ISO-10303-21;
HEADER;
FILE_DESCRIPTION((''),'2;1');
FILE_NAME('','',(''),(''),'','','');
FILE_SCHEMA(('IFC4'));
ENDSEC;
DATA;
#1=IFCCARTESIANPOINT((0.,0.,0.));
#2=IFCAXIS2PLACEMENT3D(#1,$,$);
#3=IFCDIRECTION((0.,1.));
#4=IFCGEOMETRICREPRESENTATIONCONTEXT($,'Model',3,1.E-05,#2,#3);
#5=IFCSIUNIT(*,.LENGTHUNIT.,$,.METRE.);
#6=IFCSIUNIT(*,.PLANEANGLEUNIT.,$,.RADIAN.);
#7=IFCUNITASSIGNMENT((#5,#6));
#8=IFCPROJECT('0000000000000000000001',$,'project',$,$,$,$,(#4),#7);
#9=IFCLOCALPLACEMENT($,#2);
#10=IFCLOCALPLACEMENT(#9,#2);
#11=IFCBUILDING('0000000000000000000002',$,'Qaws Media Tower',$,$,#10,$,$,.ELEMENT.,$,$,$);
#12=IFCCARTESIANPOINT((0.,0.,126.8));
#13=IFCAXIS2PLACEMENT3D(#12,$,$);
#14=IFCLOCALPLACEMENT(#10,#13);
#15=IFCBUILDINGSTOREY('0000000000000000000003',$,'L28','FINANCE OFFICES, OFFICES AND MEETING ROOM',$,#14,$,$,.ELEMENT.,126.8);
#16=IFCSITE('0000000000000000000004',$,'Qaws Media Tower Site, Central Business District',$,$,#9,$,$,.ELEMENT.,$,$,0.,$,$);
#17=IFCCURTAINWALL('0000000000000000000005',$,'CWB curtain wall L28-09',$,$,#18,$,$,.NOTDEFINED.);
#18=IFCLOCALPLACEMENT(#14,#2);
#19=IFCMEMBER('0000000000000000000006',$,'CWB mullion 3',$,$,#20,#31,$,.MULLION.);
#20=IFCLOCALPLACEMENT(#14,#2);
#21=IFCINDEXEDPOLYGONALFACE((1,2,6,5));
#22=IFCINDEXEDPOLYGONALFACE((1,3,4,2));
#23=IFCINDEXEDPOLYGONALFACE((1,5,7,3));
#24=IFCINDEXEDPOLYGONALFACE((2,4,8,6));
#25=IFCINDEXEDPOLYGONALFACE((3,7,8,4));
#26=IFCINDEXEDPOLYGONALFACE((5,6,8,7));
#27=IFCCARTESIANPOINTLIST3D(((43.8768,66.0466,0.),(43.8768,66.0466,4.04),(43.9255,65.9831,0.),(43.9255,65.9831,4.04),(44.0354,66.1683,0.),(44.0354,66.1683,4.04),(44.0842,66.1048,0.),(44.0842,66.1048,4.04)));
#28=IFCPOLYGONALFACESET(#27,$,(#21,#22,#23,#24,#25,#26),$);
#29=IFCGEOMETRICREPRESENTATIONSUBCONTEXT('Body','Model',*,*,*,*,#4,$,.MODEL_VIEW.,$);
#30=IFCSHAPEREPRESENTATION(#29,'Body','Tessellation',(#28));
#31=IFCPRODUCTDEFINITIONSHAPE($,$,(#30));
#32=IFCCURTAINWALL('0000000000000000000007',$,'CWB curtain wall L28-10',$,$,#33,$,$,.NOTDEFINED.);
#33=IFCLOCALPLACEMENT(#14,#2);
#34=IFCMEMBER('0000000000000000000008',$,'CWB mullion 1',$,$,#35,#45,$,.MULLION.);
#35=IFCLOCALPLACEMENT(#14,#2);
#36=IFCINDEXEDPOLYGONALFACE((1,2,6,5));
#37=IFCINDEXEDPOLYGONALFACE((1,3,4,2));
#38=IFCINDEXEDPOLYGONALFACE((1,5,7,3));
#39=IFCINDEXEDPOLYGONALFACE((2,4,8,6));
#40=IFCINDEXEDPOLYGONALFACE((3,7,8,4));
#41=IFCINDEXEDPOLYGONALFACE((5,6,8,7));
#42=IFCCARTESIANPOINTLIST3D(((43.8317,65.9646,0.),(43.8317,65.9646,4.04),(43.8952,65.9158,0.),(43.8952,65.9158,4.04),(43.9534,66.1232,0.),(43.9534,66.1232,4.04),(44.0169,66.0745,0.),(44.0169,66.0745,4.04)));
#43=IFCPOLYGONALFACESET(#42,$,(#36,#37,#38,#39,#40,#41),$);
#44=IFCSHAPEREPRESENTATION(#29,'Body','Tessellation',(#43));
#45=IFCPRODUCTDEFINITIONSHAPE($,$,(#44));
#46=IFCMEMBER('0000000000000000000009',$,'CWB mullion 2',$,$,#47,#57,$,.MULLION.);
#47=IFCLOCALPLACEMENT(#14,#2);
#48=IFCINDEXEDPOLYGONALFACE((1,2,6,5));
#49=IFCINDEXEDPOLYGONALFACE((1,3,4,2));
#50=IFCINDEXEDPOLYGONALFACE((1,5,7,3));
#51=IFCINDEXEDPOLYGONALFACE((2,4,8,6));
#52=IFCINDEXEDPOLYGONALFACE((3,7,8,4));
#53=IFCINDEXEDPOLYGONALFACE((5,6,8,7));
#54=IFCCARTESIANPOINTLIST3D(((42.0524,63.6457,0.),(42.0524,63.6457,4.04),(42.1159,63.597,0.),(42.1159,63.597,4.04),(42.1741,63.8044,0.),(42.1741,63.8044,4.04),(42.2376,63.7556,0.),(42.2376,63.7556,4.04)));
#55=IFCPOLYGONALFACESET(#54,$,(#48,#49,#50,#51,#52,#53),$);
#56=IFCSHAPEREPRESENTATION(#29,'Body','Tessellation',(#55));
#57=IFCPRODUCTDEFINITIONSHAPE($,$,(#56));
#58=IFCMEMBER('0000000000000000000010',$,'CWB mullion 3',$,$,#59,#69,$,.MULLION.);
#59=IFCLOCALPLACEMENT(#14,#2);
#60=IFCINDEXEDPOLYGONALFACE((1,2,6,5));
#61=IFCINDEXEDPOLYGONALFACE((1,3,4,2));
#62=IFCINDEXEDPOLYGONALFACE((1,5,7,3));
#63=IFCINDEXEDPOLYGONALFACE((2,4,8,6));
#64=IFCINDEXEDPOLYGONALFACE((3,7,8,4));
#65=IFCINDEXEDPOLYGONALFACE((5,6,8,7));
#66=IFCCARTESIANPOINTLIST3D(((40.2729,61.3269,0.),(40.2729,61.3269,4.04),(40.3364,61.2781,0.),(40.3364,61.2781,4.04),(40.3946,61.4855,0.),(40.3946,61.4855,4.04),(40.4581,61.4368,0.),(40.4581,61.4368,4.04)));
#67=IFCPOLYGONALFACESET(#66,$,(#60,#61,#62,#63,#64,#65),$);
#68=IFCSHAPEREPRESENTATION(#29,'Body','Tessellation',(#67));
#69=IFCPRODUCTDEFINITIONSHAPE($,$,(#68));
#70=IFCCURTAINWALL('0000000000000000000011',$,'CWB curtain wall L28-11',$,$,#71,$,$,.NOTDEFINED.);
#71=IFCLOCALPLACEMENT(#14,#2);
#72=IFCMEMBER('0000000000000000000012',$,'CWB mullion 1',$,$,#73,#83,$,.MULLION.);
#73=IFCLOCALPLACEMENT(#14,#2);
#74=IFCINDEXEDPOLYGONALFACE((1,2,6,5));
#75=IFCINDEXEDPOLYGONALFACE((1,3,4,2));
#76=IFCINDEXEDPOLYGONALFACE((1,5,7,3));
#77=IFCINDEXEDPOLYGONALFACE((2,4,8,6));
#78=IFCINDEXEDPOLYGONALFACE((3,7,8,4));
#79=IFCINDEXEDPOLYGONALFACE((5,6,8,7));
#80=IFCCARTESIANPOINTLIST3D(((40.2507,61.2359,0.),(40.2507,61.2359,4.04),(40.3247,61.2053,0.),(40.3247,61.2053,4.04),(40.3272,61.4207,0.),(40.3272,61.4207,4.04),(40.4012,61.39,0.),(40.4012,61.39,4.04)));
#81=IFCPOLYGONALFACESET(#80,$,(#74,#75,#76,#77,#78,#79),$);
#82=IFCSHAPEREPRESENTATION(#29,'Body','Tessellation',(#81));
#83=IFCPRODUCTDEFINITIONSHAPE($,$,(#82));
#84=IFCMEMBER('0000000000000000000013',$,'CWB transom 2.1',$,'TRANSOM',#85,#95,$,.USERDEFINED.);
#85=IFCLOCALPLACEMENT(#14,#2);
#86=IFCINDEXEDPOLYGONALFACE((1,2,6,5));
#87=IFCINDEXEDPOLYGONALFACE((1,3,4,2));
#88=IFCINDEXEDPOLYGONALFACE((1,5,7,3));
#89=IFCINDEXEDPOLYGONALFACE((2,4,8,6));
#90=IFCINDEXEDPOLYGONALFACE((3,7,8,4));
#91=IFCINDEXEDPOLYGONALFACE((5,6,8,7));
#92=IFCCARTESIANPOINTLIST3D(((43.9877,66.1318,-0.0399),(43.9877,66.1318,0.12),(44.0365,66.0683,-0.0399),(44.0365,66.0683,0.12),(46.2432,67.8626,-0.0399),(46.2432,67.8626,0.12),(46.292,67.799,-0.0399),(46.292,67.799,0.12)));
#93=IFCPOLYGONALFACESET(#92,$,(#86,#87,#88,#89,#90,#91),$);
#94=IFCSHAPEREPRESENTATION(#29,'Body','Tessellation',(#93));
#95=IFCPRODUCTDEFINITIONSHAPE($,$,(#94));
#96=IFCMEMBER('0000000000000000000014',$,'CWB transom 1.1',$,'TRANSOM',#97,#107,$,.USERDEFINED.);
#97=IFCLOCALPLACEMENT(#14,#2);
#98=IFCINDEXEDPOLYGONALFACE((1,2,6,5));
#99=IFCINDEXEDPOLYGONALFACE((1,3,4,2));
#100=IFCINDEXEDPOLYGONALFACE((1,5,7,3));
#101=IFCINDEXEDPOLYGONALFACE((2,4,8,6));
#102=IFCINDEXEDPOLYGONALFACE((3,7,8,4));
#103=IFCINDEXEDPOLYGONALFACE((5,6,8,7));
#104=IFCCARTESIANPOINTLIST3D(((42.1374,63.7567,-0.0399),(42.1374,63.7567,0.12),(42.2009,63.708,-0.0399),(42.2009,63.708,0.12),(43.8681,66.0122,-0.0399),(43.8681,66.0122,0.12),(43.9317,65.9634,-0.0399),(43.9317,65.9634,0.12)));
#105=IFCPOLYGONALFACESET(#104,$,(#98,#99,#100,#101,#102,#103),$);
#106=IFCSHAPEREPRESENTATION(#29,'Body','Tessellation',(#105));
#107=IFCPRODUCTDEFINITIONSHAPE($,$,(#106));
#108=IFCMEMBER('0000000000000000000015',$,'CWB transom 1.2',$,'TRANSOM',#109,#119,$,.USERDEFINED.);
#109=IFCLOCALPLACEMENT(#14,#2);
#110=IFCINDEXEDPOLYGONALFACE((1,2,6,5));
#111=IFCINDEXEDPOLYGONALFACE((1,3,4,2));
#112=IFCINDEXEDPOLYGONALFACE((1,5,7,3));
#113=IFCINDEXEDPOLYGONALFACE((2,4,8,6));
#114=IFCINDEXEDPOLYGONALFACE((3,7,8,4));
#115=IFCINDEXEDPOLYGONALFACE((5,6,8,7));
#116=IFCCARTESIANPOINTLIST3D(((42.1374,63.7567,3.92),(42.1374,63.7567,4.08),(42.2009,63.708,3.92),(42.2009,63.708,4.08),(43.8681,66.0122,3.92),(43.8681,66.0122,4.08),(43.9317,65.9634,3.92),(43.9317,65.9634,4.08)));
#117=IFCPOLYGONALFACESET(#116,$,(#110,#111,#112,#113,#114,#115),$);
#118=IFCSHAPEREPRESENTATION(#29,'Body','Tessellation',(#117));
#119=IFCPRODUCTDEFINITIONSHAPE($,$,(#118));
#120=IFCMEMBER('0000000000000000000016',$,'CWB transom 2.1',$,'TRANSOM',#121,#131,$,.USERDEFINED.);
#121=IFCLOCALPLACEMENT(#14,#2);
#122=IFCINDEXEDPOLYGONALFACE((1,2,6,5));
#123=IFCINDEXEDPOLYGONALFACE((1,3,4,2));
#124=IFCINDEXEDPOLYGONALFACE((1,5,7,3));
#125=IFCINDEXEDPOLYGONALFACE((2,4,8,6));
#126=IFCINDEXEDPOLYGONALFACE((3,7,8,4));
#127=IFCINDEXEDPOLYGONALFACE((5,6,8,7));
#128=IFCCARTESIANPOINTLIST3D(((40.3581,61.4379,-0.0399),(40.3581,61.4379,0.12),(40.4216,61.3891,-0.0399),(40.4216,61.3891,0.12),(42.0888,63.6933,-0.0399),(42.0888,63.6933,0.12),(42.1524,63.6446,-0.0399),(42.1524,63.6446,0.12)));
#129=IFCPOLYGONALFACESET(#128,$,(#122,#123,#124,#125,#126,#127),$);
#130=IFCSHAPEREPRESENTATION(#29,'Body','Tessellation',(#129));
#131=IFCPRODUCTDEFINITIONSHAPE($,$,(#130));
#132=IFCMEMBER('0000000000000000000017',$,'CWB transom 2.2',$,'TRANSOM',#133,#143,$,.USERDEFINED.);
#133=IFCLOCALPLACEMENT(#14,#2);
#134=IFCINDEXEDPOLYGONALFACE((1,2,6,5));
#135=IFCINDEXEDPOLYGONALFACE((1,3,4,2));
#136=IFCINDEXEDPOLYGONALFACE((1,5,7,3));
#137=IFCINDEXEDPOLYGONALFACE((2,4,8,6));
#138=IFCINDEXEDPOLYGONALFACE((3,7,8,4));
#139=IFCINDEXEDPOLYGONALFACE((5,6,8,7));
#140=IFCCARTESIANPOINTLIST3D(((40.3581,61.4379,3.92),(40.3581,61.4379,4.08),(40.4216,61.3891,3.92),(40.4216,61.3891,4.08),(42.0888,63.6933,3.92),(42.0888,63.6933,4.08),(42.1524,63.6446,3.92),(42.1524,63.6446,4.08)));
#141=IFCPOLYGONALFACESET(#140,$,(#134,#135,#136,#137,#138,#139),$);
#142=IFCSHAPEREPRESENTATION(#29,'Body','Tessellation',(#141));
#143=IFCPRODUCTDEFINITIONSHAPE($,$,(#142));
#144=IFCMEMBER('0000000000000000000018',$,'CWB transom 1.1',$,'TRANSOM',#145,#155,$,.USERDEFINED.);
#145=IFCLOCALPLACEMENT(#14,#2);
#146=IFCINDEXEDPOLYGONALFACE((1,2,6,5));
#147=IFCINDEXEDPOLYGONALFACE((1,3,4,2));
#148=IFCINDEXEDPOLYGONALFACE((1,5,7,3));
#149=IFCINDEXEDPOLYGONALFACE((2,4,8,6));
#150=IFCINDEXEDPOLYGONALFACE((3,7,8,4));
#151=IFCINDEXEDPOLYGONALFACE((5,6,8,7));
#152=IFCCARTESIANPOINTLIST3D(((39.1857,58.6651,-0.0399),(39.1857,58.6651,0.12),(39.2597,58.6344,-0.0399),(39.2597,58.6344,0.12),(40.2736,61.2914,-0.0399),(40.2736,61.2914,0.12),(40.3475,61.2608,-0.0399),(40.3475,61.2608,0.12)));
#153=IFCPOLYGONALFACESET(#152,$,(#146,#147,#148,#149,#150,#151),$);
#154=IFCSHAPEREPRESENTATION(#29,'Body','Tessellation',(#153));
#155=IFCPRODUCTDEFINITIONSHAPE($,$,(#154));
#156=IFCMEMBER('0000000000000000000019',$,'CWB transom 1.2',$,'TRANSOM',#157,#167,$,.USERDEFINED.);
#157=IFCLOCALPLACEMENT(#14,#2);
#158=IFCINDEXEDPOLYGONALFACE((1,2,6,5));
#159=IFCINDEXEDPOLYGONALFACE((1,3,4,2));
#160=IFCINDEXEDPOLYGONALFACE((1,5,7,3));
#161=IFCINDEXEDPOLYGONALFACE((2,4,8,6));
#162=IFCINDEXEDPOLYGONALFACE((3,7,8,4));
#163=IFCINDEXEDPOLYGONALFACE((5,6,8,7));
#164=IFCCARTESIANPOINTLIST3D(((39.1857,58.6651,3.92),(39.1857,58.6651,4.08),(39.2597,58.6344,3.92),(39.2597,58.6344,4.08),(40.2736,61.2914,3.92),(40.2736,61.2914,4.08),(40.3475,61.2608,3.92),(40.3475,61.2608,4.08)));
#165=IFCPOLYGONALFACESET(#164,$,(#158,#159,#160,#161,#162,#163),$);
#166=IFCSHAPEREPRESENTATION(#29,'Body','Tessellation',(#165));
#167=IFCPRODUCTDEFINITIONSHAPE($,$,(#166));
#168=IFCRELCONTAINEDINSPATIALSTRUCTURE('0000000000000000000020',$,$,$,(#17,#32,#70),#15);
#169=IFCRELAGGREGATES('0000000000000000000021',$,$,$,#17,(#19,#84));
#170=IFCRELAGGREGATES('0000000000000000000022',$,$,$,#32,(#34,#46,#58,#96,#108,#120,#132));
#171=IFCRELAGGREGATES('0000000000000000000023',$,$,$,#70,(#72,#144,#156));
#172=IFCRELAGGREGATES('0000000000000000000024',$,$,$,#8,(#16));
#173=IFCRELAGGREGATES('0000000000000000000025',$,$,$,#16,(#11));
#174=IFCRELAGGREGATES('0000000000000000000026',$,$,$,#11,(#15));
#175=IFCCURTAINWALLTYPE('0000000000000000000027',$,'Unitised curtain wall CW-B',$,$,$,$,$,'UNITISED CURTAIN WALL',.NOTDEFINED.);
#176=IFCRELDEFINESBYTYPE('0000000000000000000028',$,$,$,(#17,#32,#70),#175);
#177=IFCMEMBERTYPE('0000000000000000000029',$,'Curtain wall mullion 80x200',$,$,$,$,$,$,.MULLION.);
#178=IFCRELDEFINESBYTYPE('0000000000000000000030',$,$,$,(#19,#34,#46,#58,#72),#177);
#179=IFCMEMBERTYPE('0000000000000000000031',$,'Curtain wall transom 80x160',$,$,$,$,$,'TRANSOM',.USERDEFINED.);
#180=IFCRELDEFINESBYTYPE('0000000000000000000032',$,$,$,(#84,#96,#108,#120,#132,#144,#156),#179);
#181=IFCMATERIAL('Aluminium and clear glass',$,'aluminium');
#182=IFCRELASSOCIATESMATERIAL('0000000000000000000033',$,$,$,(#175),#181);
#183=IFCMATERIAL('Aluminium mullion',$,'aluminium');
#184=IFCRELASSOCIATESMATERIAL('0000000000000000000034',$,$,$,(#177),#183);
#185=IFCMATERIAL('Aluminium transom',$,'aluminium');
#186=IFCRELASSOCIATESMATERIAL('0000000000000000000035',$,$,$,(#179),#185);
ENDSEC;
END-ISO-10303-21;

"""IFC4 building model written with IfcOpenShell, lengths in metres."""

from ifc_helpers import new_model, si_unit, direction, frame, origin, origin_2d, place, context, subcontext, project, spatial, rectangle, extrude, material, material_profile, profile_set, type_object, element, aggregate, save


model = new_model("IFC4")

# Units and contexts
model_context = context("Model", 3, precision=1e-05, world=origin(), true_north=direction((0.0, 1.0)))
body_context = subcontext(model_context, "Body", "Model", "MODEL_VIEW")
ifc_project = project(units=[si_unit("LENGTHUNIT", "METRE"), si_unit("PLANEANGLEUNIT", "RADIAN")], contexts=[model_context])

# Site, building, storey
site_placement = place(None, origin())
site = spatial("IfcSite", under=ifc_project, at=site_placement, Name="Qaws Media Tower Site, Central Business District", CompositionType="ELEMENT", RefElevation=0.0)
building_placement = place(site_placement, origin())
building = spatial("IfcBuilding", under=site, at=building_placement, Name="Qaws Media Tower", CompositionType="ELEMENT")
storey_placement = place(building_placement, frame((0.0, 0.0, 126.8)))
storey = spatial("IfcBuildingStorey", under=building, at=storey_placement, Name="L28", Description="FINANCE OFFICES, OFFICES AND MEETING ROOM", CompositionType="ELEMENT", Elevation=126.8)

# Curtain wall, member
ifc_material_1 = material(Name="Aluminium and clear glass", Category="aluminium")
curtain_wall_type = type_object("IfcCurtainWallType", Name="Unitised curtain wall CW-B", ElementType="UNITISED CURTAIN WALL", PredefinedType="NOTDEFINED", material=ifc_material_1)
curtain_wall_1_placement = place(storey_placement, origin())
curtain_wall_1 = element("IfcCurtainWall", 1, at=curtain_wall_1_placement, inside=storey, type_object=curtain_wall_type, Name="CWB curtain wall L28-09", PredefinedType="NOTDEFINED")
ifc_material_2 = material(Name="Aluminium mullion", Category="aluminium")
ifc_material_profile_1 = material_profile(ifc_material_2, rectangle(XDim=0.0801, YDim=0.2, at=origin_2d()), Name="80x200")
ifc_profile_set_1 = profile_set([ifc_material_profile_1], Name="Aluminium mullion")
member_type_1 = type_object("IfcMemberType", Name="Curtain wall mullion 80x200", PredefinedType="MULLION", material=ifc_profile_set_1)
member_1_placement = place(storey_placement, frame((43.9805, 66.0757, 0.0), z_axis=(0.0, 0.0, 1.0), x_axis=(0.608761, -0.793353, 0.0)))
member_1 = element("IfcMember", 2, at=member_1_placement, type_object=member_type_1, Name="CWB mullion 3", PredefinedType="MULLION", context=body_context, shape_type="SweptSolid", body=[
    extrude(rectangle(XDim=0.0801, YDim=0.2, at=origin_2d()), origin(), (0.0, 0.0, 1.0), 4.04),
])

# Curtain wall, members
curtain_wall_2_placement = place(storey_placement, origin())
curtain_wall_2 = element("IfcCurtainWall", 3, at=curtain_wall_2_placement, inside=storey, type_object=curtain_wall_type, Name="CWB curtain wall L28-10", PredefinedType="NOTDEFINED")
member_2_placement = place(storey_placement, frame((43.9243, 66.0195, 0.0), z_axis=(0.0, 0.0, 1.0), x_axis=(0.793353, -0.608761, 0.0)))
member_2 = element("IfcMember", 4, at=member_2_placement, type_object=member_type_1, Name="CWB mullion 1", PredefinedType="MULLION", context=body_context, shape_type="SweptSolid", body=[
    extrude(rectangle(XDim=0.0801, YDim=0.2, at=origin_2d()), origin(), (0.0, 0.0, 1.0), 4.04),
])
member_3_placement = place(storey_placement, frame((42.145, 63.7007, 0.0), z_axis=(0.0, 0.0, 1.0), x_axis=(0.793353, -0.608761, 0.0)))
member_3 = element("IfcMember", 5, at=member_3_placement, type_object=member_type_1, Name="CWB mullion 2", PredefinedType="MULLION", context=body_context, shape_type="SweptSolid", body=[
    extrude(rectangle(XDim=0.0801, YDim=0.2, at=origin_2d()), origin(), (0.0, 0.0, 1.0), 4.04),
])
member_4_placement = place(storey_placement, frame((40.3655, 61.3818, 0.0), z_axis=(0.0, 0.0, 1.0), x_axis=(0.793353, -0.608761, 0.0)))
member_4 = element("IfcMember", 6, at=member_4_placement, type_object=member_type_1, Name="CWB mullion 3", PredefinedType="MULLION", context=body_context, shape_type="SweptSolid", body=[
    extrude(rectangle(XDim=0.0801, YDim=0.2, at=origin_2d()), origin(), (0.0, 0.0, 1.0), 4.04),
])

# Curtain wall, member
curtain_wall_3_placement = place(storey_placement, origin())
curtain_wall_3 = element("IfcCurtainWall", 7, at=curtain_wall_3_placement, inside=storey, type_object=curtain_wall_type, Name="CWB curtain wall L28-11", PredefinedType="NOTDEFINED")
member_5_placement = place(storey_placement, frame((40.3259, 61.313, 0.0), z_axis=(0.0, 0.0, 1.0), x_axis=(0.92388, -0.382683, 0.0)))
member_5 = element("IfcMember", 8, at=member_5_placement, type_object=member_type_1, Name="CWB mullion 1", PredefinedType="MULLION", context=body_context, shape_type="SweptSolid", body=[
    extrude(rectangle(XDim=0.0801, YDim=0.2, at=origin_2d()), origin(), (0.0, 0.0, 1.0), 4.04),
])

# Members
ifc_material_3 = material(Name="Aluminium transom", Category="aluminium")
ifc_material_profile_2 = material_profile(ifc_material_3, rectangle(XDim=0.0801, YDim=0.1599, at=origin_2d()), Name="80x160")
ifc_profile_set_2 = profile_set([ifc_material_profile_2], Name="Aluminium transom")
member_type_2 = type_object("IfcMemberType", Name="Curtain wall transom 80x160", ElementType="TRANSOM", PredefinedType="USERDEFINED", material=ifc_profile_set_2)
member_6_placement = place(storey_placement, frame((46.2676, 67.8308, 0.04), z_axis=(-0.793335, -0.608785, 0.0), x_axis=(0.608785, -0.793335, 0.0)))
member_6 = element("IfcMember", 9, at=member_6_placement, type_object=member_type_2, Name="CWB transom 2.1", ObjectType="TRANSOM", PredefinedType="USERDEFINED", context=body_context, shape_type="SweptSolid", body=[
    extrude(rectangle(XDim=0.0801, YDim=0.1599, at=origin_2d()), origin(), (0.0, 0.0, 1.0), 2.843),
])
member_7_placement = place(storey_placement, frame((43.8999, 65.9878, 0.04), z_axis=(-0.608785, -0.793335, 0.0), x_axis=(0.793335, -0.608785, 0.0)))
member_7 = element("IfcMember", 10, at=member_7_placement, type_object=member_type_2, Name="CWB transom 1.1", ObjectType="TRANSOM", PredefinedType="USERDEFINED", context=body_context, shape_type="SweptSolid", body=[
    extrude(rectangle(XDim=0.0801, YDim=0.1599, at=origin_2d()), origin(), (0.0, 0.0, 1.0), 2.843),
])
member_8_placement = place(storey_placement, frame((43.8999, 65.9878, 4.0), z_axis=(-0.608785, -0.793335, 0.0), x_axis=(0.793335, -0.608785, 0.0)))
member_8 = element("IfcMember", 11, at=member_8_placement, type_object=member_type_2, Name="CWB transom 1.2", ObjectType="TRANSOM", PredefinedType="USERDEFINED", context=body_context, shape_type="SweptSolid", body=[
    extrude(rectangle(XDim=0.0801, YDim=0.1599, at=origin_2d()), origin(), (0.0, 0.0, 1.0), 2.843),
])
member_9_placement = place(storey_placement, frame((42.1206, 63.6689, 0.04), z_axis=(-0.608785, -0.793335, 0.0), x_axis=(0.793335, -0.608785, 0.0)))
member_9 = element("IfcMember", 12, at=member_9_placement, type_object=member_type_2, Name="CWB transom 2.1", ObjectType="TRANSOM", PredefinedType="USERDEFINED", context=body_context, shape_type="SweptSolid", body=[
    extrude(rectangle(XDim=0.0801, YDim=0.1599, at=origin_2d()), origin(), (0.0, 0.0, 1.0), 2.843),
])
member_10_placement = place(storey_placement, frame((42.1206, 63.6689, 4.0), z_axis=(-0.608785, -0.793335, 0.0), x_axis=(0.793335, -0.608785, 0.0)))
member_10 = element("IfcMember", 13, at=member_10_placement, type_object=member_type_2, Name="CWB transom 2.2", ObjectType="TRANSOM", PredefinedType="USERDEFINED", context=body_context, shape_type="SweptSolid", body=[
    extrude(rectangle(XDim=0.0801, YDim=0.1599, at=origin_2d()), origin(), (0.0, 0.0, 1.0), 2.843),
])
member_11_placement = place(storey_placement, frame((40.3105, 61.2761, 0.04), z_axis=(-0.382675, -0.923883, 0.0), x_axis=(0.923883, -0.382675, 0.0)))
member_11 = element("IfcMember", 14, at=member_11_placement, type_object=member_type_2, Name="CWB transom 1.1", ObjectType="TRANSOM", PredefinedType="USERDEFINED", context=body_context, shape_type="SweptSolid", body=[
    extrude(rectangle(XDim=0.0801, YDim=0.1599, at=origin_2d()), origin(), (0.0, 0.0, 1.0), 2.8428),
])
member_12_placement = place(storey_placement, frame((40.3105, 61.2761, 4.0), z_axis=(-0.382675, -0.923883, 0.0), x_axis=(0.923883, -0.382675, 0.0)))
member_12 = element("IfcMember", 15, at=member_12_placement, type_object=member_type_2, Name="CWB transom 1.2", ObjectType="TRANSOM", PredefinedType="USERDEFINED", context=body_context, shape_type="SweptSolid", body=[
    extrude(rectangle(XDim=0.0801, YDim=0.1599, at=origin_2d()), origin(), (0.0, 0.0, 1.0), 2.8428),
])

aggregate(curtain_wall_1, [member_1, member_6])
aggregate(curtain_wall_2, [member_2, member_3, member_4, member_7, member_8, member_9, member_10])
aggregate(curtain_wall_3, [member_5, member_11, member_12])

save(model, "model.ifc")
